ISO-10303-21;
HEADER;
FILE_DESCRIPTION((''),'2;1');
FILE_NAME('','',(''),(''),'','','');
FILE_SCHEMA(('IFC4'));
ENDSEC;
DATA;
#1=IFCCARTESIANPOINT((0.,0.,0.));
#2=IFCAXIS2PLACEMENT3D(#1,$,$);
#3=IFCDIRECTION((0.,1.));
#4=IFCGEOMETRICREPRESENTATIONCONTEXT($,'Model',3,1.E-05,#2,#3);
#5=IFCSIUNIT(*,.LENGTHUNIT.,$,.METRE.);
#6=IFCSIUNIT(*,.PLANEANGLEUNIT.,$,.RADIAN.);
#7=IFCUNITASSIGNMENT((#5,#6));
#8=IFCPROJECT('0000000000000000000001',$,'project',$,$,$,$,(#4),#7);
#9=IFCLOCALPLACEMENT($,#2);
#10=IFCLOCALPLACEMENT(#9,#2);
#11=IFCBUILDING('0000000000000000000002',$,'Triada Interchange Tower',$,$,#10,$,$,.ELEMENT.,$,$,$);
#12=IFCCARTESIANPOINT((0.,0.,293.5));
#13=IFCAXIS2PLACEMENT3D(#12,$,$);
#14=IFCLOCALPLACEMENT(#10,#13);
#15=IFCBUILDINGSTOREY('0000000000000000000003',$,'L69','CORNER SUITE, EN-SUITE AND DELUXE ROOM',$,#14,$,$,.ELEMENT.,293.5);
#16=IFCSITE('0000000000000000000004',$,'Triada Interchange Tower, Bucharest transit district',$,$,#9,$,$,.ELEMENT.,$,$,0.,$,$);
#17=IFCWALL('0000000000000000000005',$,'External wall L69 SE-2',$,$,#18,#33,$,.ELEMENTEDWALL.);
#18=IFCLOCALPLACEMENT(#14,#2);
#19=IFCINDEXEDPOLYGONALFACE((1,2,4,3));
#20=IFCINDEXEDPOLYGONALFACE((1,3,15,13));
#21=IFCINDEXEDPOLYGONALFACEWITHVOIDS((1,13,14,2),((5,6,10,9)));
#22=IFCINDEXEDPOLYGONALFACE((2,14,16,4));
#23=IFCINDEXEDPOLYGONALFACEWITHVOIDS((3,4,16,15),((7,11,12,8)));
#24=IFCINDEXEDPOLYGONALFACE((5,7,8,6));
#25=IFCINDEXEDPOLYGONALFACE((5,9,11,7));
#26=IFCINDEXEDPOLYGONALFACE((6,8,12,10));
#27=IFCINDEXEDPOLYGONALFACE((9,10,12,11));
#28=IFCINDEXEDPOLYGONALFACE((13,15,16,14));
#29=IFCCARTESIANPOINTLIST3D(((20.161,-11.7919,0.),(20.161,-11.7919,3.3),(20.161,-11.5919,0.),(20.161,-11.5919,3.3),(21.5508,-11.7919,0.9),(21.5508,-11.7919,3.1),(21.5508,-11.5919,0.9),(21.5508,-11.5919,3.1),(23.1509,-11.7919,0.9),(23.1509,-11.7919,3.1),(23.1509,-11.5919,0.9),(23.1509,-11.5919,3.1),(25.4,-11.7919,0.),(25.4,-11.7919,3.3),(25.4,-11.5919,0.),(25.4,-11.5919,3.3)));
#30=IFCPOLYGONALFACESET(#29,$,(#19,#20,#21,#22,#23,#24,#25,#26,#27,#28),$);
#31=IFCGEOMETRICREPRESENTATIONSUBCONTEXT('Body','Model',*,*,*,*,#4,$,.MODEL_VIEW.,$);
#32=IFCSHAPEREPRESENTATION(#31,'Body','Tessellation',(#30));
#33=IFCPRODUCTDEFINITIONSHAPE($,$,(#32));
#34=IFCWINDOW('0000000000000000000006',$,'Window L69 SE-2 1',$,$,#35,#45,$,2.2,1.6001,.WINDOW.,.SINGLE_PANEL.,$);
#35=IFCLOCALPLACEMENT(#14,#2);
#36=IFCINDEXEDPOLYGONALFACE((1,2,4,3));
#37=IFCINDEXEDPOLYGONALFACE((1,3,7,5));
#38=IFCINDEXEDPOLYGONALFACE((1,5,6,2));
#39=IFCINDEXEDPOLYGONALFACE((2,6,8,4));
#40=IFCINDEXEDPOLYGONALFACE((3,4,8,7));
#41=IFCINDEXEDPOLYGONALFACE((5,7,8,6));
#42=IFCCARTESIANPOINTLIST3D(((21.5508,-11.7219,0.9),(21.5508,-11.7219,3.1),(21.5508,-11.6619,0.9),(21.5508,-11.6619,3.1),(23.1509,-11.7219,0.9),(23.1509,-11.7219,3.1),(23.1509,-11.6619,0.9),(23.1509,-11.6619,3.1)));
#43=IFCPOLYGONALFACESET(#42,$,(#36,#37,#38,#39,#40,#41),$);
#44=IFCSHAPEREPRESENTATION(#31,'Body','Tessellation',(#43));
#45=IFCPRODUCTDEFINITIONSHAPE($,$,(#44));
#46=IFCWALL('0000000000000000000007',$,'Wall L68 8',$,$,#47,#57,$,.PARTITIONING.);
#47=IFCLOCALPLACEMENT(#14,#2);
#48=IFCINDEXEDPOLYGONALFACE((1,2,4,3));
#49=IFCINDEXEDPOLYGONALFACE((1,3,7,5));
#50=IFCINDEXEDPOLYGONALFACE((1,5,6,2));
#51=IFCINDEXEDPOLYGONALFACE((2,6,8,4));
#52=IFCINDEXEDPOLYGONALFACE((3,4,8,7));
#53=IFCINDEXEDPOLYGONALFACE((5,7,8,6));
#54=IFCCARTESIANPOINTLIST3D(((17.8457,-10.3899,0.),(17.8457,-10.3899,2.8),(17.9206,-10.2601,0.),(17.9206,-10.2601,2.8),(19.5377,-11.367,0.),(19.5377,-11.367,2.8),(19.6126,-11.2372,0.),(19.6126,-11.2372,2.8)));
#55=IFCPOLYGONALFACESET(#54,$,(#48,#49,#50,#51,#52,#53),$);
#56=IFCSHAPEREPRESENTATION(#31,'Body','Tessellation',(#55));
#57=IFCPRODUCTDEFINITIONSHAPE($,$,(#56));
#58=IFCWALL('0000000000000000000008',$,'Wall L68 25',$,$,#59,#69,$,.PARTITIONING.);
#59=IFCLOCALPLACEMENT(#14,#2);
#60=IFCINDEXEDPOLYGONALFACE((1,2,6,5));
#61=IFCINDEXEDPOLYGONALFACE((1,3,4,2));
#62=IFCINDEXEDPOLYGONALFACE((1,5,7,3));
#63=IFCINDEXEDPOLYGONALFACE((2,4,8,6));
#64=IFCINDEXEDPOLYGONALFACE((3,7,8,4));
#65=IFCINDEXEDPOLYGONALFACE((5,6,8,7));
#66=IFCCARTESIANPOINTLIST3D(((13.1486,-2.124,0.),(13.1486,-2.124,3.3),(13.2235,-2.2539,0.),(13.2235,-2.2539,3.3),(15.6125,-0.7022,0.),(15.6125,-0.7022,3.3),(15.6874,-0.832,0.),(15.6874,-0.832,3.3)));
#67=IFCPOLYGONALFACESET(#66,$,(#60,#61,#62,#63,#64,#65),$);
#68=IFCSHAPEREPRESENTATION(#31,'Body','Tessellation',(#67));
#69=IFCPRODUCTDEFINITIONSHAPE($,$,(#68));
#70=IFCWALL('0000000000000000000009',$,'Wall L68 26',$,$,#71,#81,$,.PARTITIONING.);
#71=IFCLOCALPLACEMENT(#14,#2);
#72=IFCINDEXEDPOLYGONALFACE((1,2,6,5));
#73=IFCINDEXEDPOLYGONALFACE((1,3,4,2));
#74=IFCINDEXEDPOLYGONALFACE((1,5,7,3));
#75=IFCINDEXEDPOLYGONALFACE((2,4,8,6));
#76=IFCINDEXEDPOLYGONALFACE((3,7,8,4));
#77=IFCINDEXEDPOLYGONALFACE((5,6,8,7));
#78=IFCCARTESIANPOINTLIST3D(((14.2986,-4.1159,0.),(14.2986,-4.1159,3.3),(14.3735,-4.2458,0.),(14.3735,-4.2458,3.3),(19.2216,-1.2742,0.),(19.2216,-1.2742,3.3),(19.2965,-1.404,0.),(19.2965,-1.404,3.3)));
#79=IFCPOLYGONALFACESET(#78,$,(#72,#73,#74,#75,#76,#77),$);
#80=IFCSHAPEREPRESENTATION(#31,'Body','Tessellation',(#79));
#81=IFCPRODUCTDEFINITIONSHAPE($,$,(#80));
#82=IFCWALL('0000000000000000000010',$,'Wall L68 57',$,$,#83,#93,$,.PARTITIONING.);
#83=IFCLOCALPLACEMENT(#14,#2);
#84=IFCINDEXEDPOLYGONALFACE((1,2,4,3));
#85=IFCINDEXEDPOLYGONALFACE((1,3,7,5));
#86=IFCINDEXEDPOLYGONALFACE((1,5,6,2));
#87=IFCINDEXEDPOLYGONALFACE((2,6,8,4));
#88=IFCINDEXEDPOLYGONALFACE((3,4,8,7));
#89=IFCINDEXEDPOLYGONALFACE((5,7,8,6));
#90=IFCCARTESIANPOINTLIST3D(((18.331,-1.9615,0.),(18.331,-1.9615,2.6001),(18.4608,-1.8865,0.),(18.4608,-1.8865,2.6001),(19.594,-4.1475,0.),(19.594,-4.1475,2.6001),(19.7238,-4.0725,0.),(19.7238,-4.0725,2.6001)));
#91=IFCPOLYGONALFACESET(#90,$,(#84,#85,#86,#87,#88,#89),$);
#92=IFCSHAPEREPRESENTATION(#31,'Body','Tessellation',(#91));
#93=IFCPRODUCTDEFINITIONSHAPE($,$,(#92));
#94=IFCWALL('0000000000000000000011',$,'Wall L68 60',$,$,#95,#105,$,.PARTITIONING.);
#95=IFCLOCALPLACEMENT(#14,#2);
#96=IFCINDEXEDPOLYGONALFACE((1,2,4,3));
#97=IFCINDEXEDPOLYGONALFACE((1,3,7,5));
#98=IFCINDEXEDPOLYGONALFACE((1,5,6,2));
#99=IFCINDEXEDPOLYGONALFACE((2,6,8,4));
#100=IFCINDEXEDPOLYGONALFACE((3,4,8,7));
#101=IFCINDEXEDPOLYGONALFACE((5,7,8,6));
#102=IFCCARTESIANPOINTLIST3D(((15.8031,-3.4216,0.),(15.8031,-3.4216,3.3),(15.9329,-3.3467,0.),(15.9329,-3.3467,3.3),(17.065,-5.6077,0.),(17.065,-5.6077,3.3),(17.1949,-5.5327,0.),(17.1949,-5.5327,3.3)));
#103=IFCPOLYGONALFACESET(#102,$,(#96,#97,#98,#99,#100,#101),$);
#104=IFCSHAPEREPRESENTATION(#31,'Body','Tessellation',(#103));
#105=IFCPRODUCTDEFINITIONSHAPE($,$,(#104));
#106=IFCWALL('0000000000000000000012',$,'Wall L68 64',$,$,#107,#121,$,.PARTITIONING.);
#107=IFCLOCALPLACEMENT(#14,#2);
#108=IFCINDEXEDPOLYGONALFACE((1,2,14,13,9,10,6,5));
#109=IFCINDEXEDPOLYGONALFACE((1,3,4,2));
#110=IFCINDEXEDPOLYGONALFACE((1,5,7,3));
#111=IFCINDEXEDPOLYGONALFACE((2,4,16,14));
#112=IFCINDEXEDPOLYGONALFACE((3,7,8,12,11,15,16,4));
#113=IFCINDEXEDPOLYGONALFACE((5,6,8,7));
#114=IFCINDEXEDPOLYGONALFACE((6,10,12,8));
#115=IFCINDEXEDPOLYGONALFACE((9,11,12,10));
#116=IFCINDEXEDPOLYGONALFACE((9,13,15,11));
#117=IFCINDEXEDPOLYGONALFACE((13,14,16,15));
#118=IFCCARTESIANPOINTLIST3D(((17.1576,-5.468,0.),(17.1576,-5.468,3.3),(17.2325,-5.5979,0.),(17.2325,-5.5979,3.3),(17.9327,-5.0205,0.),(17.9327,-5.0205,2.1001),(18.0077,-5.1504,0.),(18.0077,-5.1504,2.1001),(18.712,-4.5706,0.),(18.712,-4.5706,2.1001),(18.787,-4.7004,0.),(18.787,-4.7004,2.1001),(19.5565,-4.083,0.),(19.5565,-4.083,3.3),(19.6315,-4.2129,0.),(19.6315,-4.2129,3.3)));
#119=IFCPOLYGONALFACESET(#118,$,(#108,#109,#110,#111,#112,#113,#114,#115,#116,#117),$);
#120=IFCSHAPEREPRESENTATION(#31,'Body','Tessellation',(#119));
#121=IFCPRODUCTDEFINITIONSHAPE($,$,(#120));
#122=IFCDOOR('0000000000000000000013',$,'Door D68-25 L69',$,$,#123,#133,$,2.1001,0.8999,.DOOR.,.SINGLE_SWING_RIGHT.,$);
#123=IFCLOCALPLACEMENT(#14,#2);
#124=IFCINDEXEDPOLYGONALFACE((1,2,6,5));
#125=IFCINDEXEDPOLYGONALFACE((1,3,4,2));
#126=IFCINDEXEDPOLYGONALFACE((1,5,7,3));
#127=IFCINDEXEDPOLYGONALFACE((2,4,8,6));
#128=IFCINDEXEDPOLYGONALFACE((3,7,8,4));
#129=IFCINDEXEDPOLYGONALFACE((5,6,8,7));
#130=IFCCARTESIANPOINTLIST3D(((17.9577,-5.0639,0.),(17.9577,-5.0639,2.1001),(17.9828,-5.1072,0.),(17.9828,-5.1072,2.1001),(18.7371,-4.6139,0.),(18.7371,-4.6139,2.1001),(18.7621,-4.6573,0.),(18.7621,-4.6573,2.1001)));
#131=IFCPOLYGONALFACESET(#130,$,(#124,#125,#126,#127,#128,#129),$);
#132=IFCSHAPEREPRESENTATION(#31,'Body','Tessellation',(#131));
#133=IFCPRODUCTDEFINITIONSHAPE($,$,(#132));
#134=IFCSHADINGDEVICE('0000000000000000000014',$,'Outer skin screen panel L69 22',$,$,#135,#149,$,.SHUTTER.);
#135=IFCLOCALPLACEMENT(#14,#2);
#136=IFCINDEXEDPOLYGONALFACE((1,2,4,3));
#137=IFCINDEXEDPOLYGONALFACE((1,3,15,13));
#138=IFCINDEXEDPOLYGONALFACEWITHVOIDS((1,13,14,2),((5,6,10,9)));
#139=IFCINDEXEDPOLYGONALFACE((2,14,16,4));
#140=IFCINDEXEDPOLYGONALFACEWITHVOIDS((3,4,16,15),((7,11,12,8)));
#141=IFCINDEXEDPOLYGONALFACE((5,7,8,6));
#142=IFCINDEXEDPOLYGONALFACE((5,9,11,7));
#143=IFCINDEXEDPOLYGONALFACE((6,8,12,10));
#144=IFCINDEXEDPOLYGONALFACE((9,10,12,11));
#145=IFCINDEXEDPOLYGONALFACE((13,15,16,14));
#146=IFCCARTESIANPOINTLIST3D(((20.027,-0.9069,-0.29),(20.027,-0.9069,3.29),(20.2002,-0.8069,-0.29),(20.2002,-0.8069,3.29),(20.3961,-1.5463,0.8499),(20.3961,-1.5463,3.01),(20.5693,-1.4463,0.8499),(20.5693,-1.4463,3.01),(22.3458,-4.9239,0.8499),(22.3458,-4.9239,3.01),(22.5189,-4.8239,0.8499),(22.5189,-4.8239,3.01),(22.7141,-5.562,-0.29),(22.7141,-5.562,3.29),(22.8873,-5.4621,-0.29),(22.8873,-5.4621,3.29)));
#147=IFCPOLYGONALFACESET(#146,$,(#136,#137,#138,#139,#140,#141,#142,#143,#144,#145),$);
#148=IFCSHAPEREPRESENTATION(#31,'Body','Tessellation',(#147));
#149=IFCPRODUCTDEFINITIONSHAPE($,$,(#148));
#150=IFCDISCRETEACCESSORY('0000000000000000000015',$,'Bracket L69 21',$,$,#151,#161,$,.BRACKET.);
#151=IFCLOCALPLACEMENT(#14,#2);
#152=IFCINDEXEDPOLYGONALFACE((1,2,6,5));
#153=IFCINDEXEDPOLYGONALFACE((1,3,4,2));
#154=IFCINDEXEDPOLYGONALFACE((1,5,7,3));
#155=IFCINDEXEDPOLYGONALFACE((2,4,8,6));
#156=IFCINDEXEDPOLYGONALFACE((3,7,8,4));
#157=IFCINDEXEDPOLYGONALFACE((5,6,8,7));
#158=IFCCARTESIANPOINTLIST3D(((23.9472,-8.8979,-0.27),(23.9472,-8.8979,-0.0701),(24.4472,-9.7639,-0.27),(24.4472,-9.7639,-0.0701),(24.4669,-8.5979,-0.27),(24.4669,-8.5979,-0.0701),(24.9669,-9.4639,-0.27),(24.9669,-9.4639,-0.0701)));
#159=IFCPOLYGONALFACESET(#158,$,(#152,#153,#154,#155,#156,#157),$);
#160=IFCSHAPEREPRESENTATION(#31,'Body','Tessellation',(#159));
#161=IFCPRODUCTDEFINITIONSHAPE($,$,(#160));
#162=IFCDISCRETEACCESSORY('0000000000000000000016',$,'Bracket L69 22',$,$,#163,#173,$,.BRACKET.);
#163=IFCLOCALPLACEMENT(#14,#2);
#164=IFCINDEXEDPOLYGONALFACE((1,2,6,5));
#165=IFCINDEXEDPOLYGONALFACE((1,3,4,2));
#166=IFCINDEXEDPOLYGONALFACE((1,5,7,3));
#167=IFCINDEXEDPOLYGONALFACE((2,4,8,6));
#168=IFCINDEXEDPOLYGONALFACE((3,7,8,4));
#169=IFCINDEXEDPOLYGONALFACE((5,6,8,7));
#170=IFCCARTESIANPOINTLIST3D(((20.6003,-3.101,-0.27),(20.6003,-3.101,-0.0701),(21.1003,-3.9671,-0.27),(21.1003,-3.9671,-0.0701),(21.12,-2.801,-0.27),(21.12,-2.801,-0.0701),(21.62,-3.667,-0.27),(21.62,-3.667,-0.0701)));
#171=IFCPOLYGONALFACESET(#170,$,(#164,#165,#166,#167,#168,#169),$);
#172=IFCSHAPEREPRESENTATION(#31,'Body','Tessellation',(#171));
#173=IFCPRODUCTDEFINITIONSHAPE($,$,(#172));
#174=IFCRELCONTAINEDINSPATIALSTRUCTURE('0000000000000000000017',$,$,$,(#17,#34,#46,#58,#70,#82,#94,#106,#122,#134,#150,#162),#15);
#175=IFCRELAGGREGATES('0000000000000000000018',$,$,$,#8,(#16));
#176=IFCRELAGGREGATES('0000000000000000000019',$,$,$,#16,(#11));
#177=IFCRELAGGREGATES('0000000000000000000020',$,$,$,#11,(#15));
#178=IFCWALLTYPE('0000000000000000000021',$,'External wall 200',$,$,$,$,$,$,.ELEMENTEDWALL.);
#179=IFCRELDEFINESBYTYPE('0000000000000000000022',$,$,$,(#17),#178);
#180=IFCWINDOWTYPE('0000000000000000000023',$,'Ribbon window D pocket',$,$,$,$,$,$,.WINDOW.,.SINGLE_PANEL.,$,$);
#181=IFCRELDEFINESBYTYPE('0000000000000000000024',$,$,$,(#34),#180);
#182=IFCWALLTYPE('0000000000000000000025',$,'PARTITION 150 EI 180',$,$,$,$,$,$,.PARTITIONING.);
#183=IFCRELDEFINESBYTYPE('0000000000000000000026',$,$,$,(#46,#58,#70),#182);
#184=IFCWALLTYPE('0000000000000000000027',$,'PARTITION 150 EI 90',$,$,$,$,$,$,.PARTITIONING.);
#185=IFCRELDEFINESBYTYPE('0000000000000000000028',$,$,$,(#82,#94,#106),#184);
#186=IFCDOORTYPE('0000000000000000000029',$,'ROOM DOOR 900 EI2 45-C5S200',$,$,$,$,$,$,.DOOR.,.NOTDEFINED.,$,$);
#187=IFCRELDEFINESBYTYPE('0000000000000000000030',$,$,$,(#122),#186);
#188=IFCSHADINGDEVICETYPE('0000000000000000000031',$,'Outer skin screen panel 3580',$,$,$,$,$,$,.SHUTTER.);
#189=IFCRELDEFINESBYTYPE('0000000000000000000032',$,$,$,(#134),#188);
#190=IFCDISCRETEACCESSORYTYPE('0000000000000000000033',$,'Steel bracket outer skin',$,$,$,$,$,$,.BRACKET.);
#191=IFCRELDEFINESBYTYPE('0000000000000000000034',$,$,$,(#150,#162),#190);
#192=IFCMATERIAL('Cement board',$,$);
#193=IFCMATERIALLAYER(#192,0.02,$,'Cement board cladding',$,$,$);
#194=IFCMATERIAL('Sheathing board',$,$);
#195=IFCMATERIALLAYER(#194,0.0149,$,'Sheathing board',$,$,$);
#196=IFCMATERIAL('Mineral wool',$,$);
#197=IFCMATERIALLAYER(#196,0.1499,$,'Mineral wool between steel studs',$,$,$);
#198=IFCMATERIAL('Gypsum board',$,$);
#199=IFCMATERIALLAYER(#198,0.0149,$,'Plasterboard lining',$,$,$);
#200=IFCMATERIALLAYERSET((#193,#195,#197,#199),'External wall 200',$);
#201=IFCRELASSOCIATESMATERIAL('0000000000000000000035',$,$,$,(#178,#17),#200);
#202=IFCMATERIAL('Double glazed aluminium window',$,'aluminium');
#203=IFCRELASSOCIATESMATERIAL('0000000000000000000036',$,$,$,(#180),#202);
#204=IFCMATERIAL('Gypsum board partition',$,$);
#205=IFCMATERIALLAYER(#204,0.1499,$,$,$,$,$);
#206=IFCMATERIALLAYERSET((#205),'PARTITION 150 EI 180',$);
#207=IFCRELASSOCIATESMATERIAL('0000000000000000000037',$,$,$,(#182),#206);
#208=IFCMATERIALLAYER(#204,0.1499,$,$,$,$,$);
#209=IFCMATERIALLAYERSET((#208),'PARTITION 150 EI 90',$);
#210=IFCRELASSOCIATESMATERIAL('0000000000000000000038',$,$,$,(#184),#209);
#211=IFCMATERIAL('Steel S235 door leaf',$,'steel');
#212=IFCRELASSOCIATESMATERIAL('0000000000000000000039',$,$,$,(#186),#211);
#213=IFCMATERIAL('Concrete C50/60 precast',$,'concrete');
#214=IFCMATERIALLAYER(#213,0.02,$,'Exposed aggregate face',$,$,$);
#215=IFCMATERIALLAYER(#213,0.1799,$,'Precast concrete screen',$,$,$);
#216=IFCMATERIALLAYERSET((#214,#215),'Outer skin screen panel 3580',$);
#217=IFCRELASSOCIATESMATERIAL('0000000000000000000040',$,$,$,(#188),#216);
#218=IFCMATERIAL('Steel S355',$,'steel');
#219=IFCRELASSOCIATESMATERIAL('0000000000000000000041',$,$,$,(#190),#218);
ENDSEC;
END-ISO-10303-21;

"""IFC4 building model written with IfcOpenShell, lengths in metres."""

from ifc_helpers import new_model, si_unit, direction, frame, frame_2d, origin, origin_2d, place, context, subcontext, project, spatial, polyline, rectangle, outline, extrude, material, layer, layer_set, layer_usage, type_object, element, fill, save


model = new_model("IFC4")

# Units and contexts
model_context = context("Model", 3, precision=1e-05, world=origin(), true_north=direction((0.0, 1.0)))
body_context = subcontext(model_context, "Body", "Model", "MODEL_VIEW")
ifc_project = project(units=[si_unit("LENGTHUNIT", "METRE"), si_unit("PLANEANGLEUNIT", "RADIAN")], contexts=[model_context])

# Site, building, storey
site_placement = place(None, origin())
site = spatial("IfcSite", under=ifc_project, at=site_placement, Name="Triada Interchange Tower, Bucharest transit district", CompositionType="ELEMENT", RefElevation=0.0)
building_placement = place(site_placement, origin())
building = spatial("IfcBuilding", under=site, at=building_placement, Name="Triada Interchange Tower", CompositionType="ELEMENT")
storey_placement = place(building_placement, frame((0.0, 0.0, 293.5)))
storey = spatial("IfcBuildingStorey", under=building, at=storey_placement, Name="L69", Description="CORNER SUITE, EN-SUITE AND DELUXE ROOM", CompositionType="ELEMENT", Elevation=293.5)

# Shared definitions
ifc_material_1 = material(Name="Steel S235 door leaf", Category="steel")

# Wall, opening, window
ifc_material_2 = material(Name="Cement board")
ifc_layer_1 = layer(ifc_material_2, 0.02, Name="Cement board cladding")
ifc_material_3 = material(Name="Sheathing board")
ifc_layer_2 = layer(ifc_material_3, 0.0149, Name="Sheathing board")
ifc_material_4 = material(Name="Mineral wool")
ifc_layer_3 = layer(ifc_material_4, 0.1499, Name="Mineral wool between steel studs")
ifc_material_5 = material(Name="Gypsum board")
ifc_layer_4 = layer(ifc_material_5, 0.0149, Name="Plasterboard lining")
ifc_layer_set_1 = layer_set([ifc_layer_1, ifc_layer_2, ifc_layer_3, ifc_layer_4], Name="External wall 200")
ifc_layer_usage = layer_usage(ifc_layer_set_1, "AXIS2", "POSITIVE", -0.1001)
wall_type_1 = type_object("IfcWallType", Name="External wall 200", PredefinedType="ELEMENTEDWALL", material=ifc_layer_set_1)
wall_1_placement = place(storey_placement, frame((20.1609, -11.6919, 0.0), z_axis=(0.0, 0.0, 1.0), x_axis=(1.0, 0.0, 0.0)))
wall_1 = element("IfcWall", 1, at=wall_1_placement, inside=storey, type_object=wall_type_1, material=ifc_layer_usage, Name="External wall L69 SE-2", PredefinedType="ELEMENTEDWALL", context=body_context, shape_type="SweptSolid", body=[
    extrude(rectangle(XDim=5.239, YDim=0.2, at=frame_2d((2.6196, 0.0))), origin(), (0.0, 0.0, 1.0), 3.3),
])
opening_1_placement = place(wall_1_placement, frame((1.3899, 0.0, 0.8999)))
opening_1 = element("IfcOpeningElement", 2, at=opening_1_placement, cuts=wall_1, PredefinedType="OPENING", context=body_context, shape_type="SweptSolid", body=[
    extrude(rectangle(XDim=1.6001, YDim=2.2, at=frame_2d((0.8, 1.1001))), frame((0.0, 0.1099, 0.0), z_axis=(0.0, -1.0, 0.0), x_axis=(1.0, 0.0, 0.0)), (0.0, 0.0, 1.0), 0.22),
])
ifc_material_6 = material(Name="Double glazed aluminium window", Category="aluminium")
window_type = type_object("IfcWindowType", Name="Ribbon window D pocket", PartitioningType="SINGLE_PANEL", PredefinedType="WINDOW", material=ifc_material_6)
window_placement = place(opening_1_placement, origin())
window = element("IfcWindow", 3, at=window_placement, inside=storey, type_object=window_type, Name="Window L69 SE-2 1", OverallHeight=2.2, OverallWidth=1.6001, PartitioningType="SINGLE_PANEL", PredefinedType="WINDOW", context=body_context, shape_type="SweptSolid", body=[
    extrude(rectangle(XDim=1.6001, YDim=2.2, at=frame_2d((0.8, 1.1001))), frame((0.0, 0.03, 0.0), z_axis=(0.0, -1.0, 0.0), x_axis=(1.0, 0.0, 0.0)), (0.0, 0.0, 1.0), 0.0601),
])
fill(opening_1, window)

# Walls
ifc_material_7 = material(Name="Gypsum board partition")
ifc_layer_5 = layer(ifc_material_7, 0.1499)
ifc_layer_set_2 = layer_set([ifc_layer_5], Name="PARTITION 150 EI 180")
wall_type_2 = type_object("IfcWallType", Name="PARTITION 150 EI 180", PredefinedType="PARTITIONING", material=ifc_layer_set_2)
wall_2_placement = place(storey_placement, frame((17.8831, -10.325, 0.0), z_axis=(0.0, 0.0, 1.0), x_axis=(0.865973, -0.50009, 0.0)))
element("IfcWall", 4, at=wall_2_placement, inside=storey, type_object=wall_type_2, Name="Wall L68 8", PredefinedType="PARTITIONING", context=body_context, shape_type="SweptSolid", body=[
    extrude(rectangle(XDim=1.9539, YDim=0.1499, at=frame_2d((0.9771, 0.0))), origin(), (0.0, 0.0, 1.0), 2.8),
])
wall_3_placement = place(storey_placement, frame((13.186, -2.189, 0.0), z_axis=(0.0, 0.0, 1.0), x_axis=(0.866123, 0.499831, 0.0)))
element("IfcWall", 5, at=wall_3_placement, inside=storey, type_object=wall_type_2, Name="Wall L68 25", PredefinedType="PARTITIONING", context=body_context, shape_type="SweptSolid", body=[
    extrude(rectangle(XDim=2.8447, YDim=0.1499, at=frame_2d((1.4224, 0.0))), origin(), (0.0, 0.0, 1.0), 3.3),
])
wall_4_placement = place(storey_placement, frame((14.3359, -4.1809, 0.0), z_axis=(0.0, 0.0, 1.0), x_axis=(0.866068, 0.499927, 0.0)))
element("IfcWall", 6, at=wall_4_placement, inside=storey, type_object=wall_type_2, Name="Wall L68 26", PredefinedType="PARTITIONING", context=body_context, shape_type="SweptSolid", body=[
    extrude(rectangle(XDim=5.6843, YDim=0.1499, at=frame_2d((2.8423, 0.0))), origin(), (0.0, 0.0, 1.0), 3.3),
])
ifc_layer_6 = layer(ifc_material_7, 0.1499)
ifc_layer_set_3 = layer_set([ifc_layer_6], Name="PARTITION 150 EI 90")
wall_type_3 = type_object("IfcWallType", Name="PARTITION 150 EI 90", PredefinedType="PARTITIONING", material=ifc_layer_set_3)
wall_5_placement = place(storey_placement, frame((18.396, -1.9241, 0.0), z_axis=(0.0, 0.0, 1.0), x_axis=(0.500247, -0.865883, 0.0)))
element("IfcWall", 7, at=wall_5_placement, inside=storey, type_object=wall_type_3, Name="Wall L68 57", PredefinedType="PARTITIONING", context=body_context, shape_type="SweptSolid", body=[
    extrude(rectangle(XDim=2.5247, YDim=0.1499, at=frame_2d((1.2622, 0.0))), origin(), (0.0, 0.0, 1.0), 2.6001),
])
wall_6_placement = place(storey_placement, frame((15.8679, -3.384, 0.0), z_axis=(0.0, 0.0, 1.0), x_axis=(0.499957, -0.86605, 0.0)))
element("IfcWall", 8, at=wall_6_placement, inside=storey, type_object=wall_type_3, Name="Wall L68 60", PredefinedType="PARTITIONING", context=body_context, shape_type="SweptSolid", body=[
    extrude(rectangle(XDim=2.5242, YDim=0.1499, at=frame_2d((1.2622, 0.0))), origin(), (0.0, 0.0, 1.0), 3.3),
])

# Wall, opening, door
wall_7_placement = place(storey_placement, frame((17.1951, -5.533, 0.0), z_axis=(0.0, 0.0, 1.0), x_axis=(0.866027, 0.499997, 0.0)))
wall_7 = element("IfcWall", 9, at=wall_7_placement, inside=storey, type_object=wall_type_3, Name="Wall L68 64", PredefinedType="PARTITIONING", context=body_context, shape_type="SweptSolid", body=[
    extrude(rectangle(XDim=2.77, YDim=0.1499, at=frame_2d((1.385, 0.0))), origin(), (0.0, 0.0, 1.0), 3.3),
])
opening_2_placement = place(wall_7_placement, frame((0.895, 0.0, 0.0)))
opening_2 = element("IfcOpeningElement", 10, at=opening_2_placement, cuts=wall_7, PredefinedType="OPENING", context=body_context, shape_type="SweptSolid", body=[
    extrude(rectangle(XDim=0.8999, YDim=2.1001, at=frame_2d((0.45, 1.05))), frame((0.0, 0.085, 0.0), z_axis=(0.0, -1.0, 0.0), x_axis=(1.0, 0.0, 0.0)), (0.0, 0.0, 1.0), 0.1699),
])
door_type_1 = type_object("IfcDoorType", Name="ROOM DOOR 900 EI2 45-C5S200", OperationType="NOTDEFINED", PredefinedType="DOOR", material=ifc_material_1)
door_1_placement = place(opening_2_placement, origin())
door_1 = element("IfcDoor", 11, at=door_1_placement, inside=storey, type_object=door_type_1, Name="Door D68-25 L69", OperationType="SINGLE_SWING_RIGHT", OverallHeight=2.1001, OverallWidth=0.8999, PredefinedType="DOOR", context=body_context, shape_type="SweptSolid", body=[
    extrude(rectangle(XDim=0.8999, YDim=2.1001, at=frame_2d((0.45, 1.05))), frame((0.0, 0.0249, 0.0), z_axis=(0.0, -1.0, 0.0), x_axis=(1.0, 0.0, 0.0)), (0.0, 0.0, 1.0), 0.05),
])
fill(opening_2, door_1)

# Shading device
ifc_material_8 = material(Name="Concrete C50/60 precast", Category="concrete")
ifc_layer_7 = layer(ifc_material_8, 0.02, Name="Exposed aggregate face")
ifc_layer_8 = layer(ifc_material_8, 0.1799, Name="Precast concrete screen")
ifc_layer_set_4 = layer_set([ifc_layer_7, ifc_layer_8], Name="Outer skin screen panel 3580")
shading_device_type = type_object("IfcShadingDeviceType", Name="Outer skin screen panel 3580", PredefinedType="SHUTTER", material=ifc_layer_set_4)
shading_device_placement = place(storey_placement, frame((22.7141, -5.562, -0.29), z_axis=(0.0, 0.0, 1.0), x_axis=(-0.49992, 0.866071, 0.0)))
element("IfcShadingDevice", 12, at=shading_device_placement, inside=storey, type_object=shading_device_type, Name="Outer skin screen panel L69 22", PredefinedType="SHUTTER", context=body_context, shape_type="SweptSolid", body=[
    extrude(outline(polyline([(0.0, 0.0), (5.375, 0.0), (5.375, 3.5801), (0.0, 3.5801), (0.0, 0.0)]), holes=[polyline([(0.7368, 1.1399), (0.7368, 3.3), (4.6367, 3.3), (4.6367, 1.1399), (0.7368, 1.1399)])]), frame((0.0, 0.0, 0.0), z_axis=(0.0, -1.0, 0.0), x_axis=(1.0, 0.0, 0.0)), (0.0, 0.0, 1.0), 0.2),
])

# Discrete accessories
ifc_material_9 = material(Name="Steel S355", Category="steel")
discrete_accessory_type = type_object("IfcDiscreteAccessoryType", Name="Steel bracket outer skin", PredefinedType="BRACKET", material=ifc_material_9)
for number, where, z_axis, x_axis, name in (
    (13, (24.457, -9.1809, -0.27), (0.0, 0.0, 1.0), (0.866023, 0.500004, 0.0), "Bracket L69 21"),
    (14, (21.1101, -3.384, -0.27), (0.0, 0.0, 1.0), (0.866023, 0.500004, 0.0), "Bracket L69 22"),
):
    element("IfcDiscreteAccessory", number, at=place(storey_placement, frame(where, z_axis=z_axis, x_axis=x_axis)), inside=storey, type_object=discrete_accessory_type, Name=name, PredefinedType="BRACKET", context=body_context, shape_type="SweptSolid", body=[
        extrude(rectangle(XDim=0.6001, YDim=1.0, at=origin_2d()), origin(), (0.0, 0.0, 1.0), 0.2),
    ])

save(model, "model.ifc")
